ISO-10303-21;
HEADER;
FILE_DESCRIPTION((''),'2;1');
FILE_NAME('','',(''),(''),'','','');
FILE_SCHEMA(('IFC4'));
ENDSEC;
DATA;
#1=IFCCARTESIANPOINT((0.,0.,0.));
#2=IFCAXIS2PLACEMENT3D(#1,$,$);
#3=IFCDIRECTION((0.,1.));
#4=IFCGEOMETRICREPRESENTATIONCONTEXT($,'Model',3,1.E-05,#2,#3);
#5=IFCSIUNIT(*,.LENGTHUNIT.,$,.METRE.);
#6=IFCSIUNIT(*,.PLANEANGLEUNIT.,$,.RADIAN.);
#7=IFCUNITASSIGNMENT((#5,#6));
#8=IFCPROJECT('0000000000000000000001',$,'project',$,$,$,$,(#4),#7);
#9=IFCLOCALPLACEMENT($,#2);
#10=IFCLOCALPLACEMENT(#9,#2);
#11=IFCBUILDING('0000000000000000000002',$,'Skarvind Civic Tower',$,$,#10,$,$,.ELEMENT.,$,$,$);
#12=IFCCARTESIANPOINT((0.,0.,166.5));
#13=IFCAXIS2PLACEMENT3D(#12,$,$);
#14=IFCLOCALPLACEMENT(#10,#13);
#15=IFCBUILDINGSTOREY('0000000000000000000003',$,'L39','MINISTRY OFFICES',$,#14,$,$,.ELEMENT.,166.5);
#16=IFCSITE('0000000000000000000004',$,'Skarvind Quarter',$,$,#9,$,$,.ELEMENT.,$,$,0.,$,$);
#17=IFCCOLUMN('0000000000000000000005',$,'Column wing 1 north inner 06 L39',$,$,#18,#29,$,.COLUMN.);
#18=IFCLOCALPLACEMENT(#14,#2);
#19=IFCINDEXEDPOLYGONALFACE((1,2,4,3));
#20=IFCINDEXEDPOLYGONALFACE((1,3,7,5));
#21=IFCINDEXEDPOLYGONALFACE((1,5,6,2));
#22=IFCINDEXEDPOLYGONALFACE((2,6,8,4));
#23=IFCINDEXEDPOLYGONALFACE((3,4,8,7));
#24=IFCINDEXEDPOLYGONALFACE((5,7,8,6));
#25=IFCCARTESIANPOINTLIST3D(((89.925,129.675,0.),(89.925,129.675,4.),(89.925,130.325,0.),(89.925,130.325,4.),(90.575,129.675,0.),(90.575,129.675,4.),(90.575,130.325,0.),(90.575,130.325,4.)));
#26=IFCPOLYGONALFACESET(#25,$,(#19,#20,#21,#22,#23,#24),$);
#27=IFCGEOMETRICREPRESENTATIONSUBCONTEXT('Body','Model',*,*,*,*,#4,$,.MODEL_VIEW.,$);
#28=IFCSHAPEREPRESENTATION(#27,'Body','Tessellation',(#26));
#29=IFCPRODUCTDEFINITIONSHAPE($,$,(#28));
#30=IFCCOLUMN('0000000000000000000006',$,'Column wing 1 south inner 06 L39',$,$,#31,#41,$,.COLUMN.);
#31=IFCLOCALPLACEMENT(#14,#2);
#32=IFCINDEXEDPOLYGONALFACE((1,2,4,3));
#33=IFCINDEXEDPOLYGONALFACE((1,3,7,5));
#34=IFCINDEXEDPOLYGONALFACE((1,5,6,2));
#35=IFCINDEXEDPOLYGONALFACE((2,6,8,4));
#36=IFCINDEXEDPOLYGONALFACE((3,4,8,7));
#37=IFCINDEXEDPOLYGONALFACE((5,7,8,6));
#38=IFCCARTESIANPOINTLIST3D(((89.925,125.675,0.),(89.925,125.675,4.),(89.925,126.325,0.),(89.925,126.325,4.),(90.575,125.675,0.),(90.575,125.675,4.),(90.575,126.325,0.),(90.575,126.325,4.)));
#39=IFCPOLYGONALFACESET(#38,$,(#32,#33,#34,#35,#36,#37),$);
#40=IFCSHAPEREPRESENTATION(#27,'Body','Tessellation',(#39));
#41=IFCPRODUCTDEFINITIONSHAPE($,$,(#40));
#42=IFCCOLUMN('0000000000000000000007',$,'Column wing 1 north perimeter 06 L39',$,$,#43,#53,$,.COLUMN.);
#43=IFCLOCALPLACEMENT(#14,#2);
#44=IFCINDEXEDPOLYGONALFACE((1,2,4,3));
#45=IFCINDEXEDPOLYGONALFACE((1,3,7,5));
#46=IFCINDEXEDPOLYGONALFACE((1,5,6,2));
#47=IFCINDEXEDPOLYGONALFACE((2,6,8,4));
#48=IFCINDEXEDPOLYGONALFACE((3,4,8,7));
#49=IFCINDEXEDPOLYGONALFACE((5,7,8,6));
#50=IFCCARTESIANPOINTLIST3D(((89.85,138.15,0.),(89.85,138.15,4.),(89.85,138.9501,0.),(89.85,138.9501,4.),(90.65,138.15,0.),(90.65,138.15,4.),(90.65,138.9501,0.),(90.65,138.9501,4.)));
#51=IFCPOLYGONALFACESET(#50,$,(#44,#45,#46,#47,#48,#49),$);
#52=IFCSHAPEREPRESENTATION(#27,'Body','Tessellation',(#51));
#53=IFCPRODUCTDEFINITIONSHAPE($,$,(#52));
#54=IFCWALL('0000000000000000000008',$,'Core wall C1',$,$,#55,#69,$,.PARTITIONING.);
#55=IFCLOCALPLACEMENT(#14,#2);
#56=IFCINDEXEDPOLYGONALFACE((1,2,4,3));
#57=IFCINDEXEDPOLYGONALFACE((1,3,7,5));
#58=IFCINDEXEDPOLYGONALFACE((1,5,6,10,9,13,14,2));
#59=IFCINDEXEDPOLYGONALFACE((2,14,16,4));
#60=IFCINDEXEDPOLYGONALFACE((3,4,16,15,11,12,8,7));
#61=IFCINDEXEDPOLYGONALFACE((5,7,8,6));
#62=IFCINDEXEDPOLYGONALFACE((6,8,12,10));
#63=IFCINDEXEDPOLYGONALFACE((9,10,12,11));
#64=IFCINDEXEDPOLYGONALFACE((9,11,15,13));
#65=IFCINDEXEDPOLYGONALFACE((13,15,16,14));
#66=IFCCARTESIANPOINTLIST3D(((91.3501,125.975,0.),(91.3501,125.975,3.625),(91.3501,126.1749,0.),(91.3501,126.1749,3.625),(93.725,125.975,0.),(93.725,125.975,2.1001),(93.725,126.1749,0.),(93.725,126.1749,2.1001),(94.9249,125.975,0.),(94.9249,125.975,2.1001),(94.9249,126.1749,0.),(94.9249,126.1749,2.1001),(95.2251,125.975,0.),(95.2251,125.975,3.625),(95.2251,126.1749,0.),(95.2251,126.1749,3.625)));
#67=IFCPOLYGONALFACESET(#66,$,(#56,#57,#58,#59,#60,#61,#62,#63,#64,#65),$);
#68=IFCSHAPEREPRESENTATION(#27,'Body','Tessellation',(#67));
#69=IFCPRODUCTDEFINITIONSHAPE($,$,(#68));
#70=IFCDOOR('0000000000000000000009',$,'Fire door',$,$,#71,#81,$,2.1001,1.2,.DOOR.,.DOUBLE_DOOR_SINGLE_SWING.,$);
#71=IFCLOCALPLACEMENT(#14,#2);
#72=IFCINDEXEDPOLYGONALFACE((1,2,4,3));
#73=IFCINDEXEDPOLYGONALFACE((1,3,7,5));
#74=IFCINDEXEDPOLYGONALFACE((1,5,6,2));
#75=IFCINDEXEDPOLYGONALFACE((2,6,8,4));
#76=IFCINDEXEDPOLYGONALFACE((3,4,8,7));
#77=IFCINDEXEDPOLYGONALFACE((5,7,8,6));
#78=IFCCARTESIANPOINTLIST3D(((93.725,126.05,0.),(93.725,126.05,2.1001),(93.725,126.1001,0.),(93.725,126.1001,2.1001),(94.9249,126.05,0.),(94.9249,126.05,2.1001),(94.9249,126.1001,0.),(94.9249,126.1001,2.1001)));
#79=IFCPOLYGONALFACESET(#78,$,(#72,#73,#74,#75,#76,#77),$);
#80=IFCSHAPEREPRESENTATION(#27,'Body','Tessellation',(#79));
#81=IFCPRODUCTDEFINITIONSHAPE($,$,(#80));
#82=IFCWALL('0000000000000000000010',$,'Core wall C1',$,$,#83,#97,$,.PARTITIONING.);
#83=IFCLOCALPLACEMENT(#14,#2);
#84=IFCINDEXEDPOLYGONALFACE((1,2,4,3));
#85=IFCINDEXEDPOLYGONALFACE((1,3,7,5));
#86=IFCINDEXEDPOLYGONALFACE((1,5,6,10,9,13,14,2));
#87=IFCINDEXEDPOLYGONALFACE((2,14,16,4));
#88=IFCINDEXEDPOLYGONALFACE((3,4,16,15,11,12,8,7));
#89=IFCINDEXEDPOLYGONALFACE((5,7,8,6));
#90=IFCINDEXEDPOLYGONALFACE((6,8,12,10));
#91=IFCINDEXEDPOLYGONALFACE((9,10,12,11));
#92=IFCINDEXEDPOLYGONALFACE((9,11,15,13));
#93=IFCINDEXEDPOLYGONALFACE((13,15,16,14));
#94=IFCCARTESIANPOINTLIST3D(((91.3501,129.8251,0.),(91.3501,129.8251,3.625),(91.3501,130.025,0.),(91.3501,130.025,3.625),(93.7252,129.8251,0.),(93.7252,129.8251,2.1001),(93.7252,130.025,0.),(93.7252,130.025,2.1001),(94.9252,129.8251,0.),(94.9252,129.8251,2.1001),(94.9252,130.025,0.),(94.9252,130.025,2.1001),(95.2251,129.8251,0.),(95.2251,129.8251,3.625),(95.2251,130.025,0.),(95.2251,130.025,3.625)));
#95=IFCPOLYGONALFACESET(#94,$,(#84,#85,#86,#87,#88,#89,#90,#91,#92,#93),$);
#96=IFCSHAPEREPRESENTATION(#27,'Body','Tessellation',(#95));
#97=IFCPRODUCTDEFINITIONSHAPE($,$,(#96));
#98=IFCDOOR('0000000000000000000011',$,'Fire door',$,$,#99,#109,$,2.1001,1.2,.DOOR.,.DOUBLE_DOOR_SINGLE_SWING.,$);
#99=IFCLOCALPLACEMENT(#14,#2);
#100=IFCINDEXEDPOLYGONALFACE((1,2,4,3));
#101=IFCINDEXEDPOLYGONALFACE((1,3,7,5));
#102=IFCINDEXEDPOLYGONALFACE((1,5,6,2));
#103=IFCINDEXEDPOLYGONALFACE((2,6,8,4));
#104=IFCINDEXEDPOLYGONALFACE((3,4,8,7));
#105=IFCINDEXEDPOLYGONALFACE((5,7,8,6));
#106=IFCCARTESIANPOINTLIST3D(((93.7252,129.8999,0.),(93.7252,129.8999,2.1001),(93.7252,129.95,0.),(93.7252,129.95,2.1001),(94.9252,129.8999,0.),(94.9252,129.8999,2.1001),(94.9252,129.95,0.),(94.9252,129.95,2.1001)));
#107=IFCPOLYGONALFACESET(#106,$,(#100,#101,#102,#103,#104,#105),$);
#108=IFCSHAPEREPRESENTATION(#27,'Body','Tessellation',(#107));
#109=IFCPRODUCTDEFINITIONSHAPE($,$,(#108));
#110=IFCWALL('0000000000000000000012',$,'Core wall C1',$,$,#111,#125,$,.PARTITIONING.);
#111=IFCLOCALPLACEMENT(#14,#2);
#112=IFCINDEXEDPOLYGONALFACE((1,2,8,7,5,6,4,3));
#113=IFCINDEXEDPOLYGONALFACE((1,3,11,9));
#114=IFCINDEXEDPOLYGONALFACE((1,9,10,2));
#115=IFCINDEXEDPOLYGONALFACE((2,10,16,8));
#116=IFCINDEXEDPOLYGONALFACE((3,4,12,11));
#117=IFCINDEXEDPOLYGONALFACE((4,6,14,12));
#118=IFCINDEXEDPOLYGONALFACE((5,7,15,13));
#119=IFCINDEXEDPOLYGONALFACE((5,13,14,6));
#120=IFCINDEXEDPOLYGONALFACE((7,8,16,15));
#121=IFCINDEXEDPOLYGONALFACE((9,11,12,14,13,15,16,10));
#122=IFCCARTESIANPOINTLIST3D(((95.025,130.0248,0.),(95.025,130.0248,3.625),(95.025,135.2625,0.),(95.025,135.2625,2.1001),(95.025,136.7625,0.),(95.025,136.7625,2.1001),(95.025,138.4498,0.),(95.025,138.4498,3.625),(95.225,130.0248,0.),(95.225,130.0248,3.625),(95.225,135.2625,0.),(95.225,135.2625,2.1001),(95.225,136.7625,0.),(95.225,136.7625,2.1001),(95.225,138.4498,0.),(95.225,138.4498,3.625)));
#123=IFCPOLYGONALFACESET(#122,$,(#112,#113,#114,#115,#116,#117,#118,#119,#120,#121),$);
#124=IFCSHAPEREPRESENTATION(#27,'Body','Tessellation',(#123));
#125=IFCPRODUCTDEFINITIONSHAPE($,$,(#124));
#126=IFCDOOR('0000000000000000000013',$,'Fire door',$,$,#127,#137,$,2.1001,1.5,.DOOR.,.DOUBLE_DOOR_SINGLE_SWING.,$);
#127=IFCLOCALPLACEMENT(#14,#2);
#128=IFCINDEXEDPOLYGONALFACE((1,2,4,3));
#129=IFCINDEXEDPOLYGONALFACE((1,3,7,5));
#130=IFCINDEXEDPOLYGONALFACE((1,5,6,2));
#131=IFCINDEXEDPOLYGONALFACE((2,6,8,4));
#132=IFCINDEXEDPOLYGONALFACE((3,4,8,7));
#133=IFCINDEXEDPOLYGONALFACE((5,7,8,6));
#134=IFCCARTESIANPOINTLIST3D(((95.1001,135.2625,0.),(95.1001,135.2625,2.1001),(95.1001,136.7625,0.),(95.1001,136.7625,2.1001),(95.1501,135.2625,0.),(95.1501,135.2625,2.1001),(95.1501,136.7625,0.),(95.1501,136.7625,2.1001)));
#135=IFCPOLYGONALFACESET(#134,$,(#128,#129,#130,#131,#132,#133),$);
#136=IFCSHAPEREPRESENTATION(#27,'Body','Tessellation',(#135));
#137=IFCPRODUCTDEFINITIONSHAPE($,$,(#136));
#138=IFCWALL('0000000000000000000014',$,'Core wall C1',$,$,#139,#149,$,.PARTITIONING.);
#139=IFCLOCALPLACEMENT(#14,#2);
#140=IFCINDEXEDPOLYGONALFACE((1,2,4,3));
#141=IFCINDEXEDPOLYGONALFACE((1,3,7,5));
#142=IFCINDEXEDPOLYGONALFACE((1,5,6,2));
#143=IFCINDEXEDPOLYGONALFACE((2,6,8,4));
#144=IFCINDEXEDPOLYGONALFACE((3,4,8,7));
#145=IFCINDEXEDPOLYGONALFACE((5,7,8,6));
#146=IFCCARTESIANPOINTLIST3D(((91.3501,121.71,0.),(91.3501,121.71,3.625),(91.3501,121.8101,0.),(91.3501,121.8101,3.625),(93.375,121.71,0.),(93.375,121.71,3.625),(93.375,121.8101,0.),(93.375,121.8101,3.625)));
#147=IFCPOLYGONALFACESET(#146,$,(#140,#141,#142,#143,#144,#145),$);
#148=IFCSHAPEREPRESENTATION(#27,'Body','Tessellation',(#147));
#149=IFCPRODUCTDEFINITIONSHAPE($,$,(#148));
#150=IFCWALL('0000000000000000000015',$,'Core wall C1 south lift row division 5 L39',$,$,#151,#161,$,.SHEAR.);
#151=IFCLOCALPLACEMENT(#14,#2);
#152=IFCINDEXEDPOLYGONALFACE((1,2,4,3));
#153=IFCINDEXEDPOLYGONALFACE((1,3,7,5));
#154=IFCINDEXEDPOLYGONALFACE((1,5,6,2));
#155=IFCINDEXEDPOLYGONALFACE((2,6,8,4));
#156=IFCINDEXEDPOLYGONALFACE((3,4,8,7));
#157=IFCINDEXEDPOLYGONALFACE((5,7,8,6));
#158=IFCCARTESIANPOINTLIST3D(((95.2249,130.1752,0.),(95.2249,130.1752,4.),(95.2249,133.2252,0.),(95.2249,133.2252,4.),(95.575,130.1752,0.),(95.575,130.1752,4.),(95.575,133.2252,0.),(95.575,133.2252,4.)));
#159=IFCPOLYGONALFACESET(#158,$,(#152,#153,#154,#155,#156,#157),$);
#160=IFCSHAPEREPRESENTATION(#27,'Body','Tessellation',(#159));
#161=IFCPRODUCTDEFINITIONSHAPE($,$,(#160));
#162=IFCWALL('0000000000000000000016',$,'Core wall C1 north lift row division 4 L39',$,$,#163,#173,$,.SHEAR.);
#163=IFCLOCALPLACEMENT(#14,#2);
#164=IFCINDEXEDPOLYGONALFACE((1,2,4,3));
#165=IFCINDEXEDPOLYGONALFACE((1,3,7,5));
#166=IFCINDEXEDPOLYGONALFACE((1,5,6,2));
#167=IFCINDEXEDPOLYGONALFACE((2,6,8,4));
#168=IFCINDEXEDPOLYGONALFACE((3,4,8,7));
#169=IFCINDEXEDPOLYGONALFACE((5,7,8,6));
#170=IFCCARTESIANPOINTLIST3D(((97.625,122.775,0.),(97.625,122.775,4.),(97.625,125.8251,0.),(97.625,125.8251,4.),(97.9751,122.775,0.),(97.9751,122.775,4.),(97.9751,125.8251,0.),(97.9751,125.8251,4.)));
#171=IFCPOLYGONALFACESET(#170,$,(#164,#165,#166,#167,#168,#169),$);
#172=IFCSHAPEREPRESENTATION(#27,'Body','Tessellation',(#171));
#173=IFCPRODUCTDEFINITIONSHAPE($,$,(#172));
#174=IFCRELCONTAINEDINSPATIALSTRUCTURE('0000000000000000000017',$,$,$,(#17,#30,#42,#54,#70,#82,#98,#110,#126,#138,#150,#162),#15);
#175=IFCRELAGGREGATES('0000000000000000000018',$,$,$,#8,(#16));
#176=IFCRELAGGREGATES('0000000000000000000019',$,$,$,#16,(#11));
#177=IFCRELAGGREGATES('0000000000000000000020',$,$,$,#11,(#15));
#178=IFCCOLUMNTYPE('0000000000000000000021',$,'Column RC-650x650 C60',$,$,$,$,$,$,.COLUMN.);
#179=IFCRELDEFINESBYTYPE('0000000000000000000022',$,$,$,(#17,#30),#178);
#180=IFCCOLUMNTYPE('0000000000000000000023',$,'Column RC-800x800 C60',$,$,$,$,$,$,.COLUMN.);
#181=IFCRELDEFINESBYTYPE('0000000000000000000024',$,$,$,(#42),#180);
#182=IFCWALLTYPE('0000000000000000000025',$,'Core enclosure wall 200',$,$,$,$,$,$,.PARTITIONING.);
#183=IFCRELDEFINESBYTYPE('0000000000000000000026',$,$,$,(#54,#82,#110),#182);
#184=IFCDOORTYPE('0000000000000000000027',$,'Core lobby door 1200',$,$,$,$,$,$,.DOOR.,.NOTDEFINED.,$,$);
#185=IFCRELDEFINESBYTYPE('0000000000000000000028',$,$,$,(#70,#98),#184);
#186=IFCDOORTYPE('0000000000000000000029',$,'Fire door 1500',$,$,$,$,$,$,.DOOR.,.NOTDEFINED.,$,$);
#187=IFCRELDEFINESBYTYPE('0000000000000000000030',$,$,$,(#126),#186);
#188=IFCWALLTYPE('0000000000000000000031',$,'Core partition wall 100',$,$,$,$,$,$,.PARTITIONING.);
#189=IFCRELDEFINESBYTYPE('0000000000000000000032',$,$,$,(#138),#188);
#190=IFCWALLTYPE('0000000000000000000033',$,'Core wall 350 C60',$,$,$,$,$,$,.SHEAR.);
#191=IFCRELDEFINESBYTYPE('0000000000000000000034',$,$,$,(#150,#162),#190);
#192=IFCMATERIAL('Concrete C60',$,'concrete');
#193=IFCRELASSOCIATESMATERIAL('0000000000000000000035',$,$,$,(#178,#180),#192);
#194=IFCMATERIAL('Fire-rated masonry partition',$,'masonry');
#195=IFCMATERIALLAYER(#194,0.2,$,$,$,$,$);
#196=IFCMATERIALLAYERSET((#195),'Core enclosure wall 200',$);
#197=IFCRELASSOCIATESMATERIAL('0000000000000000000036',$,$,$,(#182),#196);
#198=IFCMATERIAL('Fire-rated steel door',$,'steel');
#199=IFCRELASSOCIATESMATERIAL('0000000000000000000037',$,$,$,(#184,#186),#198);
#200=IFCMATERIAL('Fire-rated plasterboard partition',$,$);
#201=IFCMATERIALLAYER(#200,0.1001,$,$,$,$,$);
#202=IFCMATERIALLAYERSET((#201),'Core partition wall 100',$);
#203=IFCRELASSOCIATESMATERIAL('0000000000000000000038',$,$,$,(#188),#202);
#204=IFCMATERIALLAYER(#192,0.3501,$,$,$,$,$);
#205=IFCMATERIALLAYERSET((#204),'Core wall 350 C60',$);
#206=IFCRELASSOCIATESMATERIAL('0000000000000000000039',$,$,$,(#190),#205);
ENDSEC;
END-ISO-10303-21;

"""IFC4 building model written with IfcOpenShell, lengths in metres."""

from ifc_helpers import new_model, si_unit, direction, frame, frame_2d, origin, origin_2d, place, context, subcontext, project, spatial, rectangle, extrude, material, layer, layer_set, material_profile, profile_set, type_object, element, fill, save


model = new_model("IFC4")

# Units and contexts
model_context = context("Model", 3, precision=1e-05, world=origin(), true_north=direction((0.0, 1.0)))
body_context = subcontext(model_context, "Body", "Model", "MODEL_VIEW")
ifc_project = project(units=[si_unit("LENGTHUNIT", "METRE"), si_unit("PLANEANGLEUNIT", "RADIAN")], contexts=[model_context])

# Site, building, storey
site_placement = place(None, origin())
site = spatial("IfcSite", under=ifc_project, at=site_placement, Name="Skarvind Quarter", CompositionType="ELEMENT", RefElevation=0.0)
building_placement = place(site_placement, origin())
building = spatial("IfcBuilding", under=site, at=building_placement, Name="Skarvind Civic Tower", CompositionType="ELEMENT")
storey_placement = place(building_placement, frame((0.0, 0.0, 166.5)))
storey = spatial("IfcBuildingStorey", under=building, at=storey_placement, Name="L39", Description="MINISTRY OFFICES", CompositionType="ELEMENT", Elevation=166.5)

# Columns
ifc_material_1 = material(Name="Concrete C60", Category="concrete")
ifc_material_profile_1 = material_profile(ifc_material_1, rectangle(XDim=0.6499, YDim=0.6499, at=origin_2d()), Name="RC-650x650")
ifc_profile_set_1 = profile_set([ifc_material_profile_1], Name="Concrete C60")
column_type_1 = type_object("IfcColumnType", Name="Column RC-650x650 C60", PredefinedType="COLUMN", material=ifc_profile_set_1)
for number, where, z_axis, x_axis, name in (
    (1, (90.25, 130.0, 0.0), (0.0, 0.0, 1.0), (1.0, 0.0, 0.0), "Column wing 1 north inner 06 L39"),
    (2, (90.25, 126.0, 0.0), (0.0, 0.0, 1.0), (1.0, 0.0, 0.0), "Column wing 1 south inner 06 L39"),
):
    element("IfcColumn", number, at=place(storey_placement, frame(where, z_axis=z_axis, x_axis=x_axis)), inside=storey, type_object=column_type_1, Name=name, PredefinedType="COLUMN", context=body_context, shape_type="SweptSolid", body=[
        extrude(rectangle(XDim=0.6499, YDim=0.6499, at=origin_2d()), origin(), (0.0, 0.0, 1.0), 4.0),
    ])
ifc_material_profile_2 = material_profile(ifc_material_1, rectangle(XDim=0.8, YDim=0.8, at=origin_2d()), Name="RC-800x800")
ifc_profile_set_2 = profile_set([ifc_material_profile_2], Name="Concrete C60")
column_type_2 = type_object("IfcColumnType", Name="Column RC-800x800 C60", PredefinedType="COLUMN", material=ifc_profile_set_2)
column_placement = place(storey_placement, frame((90.25, 138.55, 0.0), z_axis=(0.0, 0.0, 1.0), x_axis=(1.0, 0.0, 0.0)))
element("IfcColumn", 3, at=column_placement, inside=storey, type_object=column_type_2, Name="Column wing 1 north perimeter 06 L39", PredefinedType="COLUMN", context=body_context, shape_type="SweptSolid", body=[
    extrude(rectangle(XDim=0.8, YDim=0.8, at=origin_2d()), origin(), (0.0, 0.0, 1.0), 4.0),
])

# Walls, openings, doors
ifc_material_2 = material(Name="Fire-rated masonry partition", Category="masonry")
ifc_layer_1 = layer(ifc_material_2, 0.2)
ifc_layer_set_1 = layer_set([ifc_layer_1], Name="Core enclosure wall 200")
wall_type_1 = type_object("IfcWallType", Name="Core enclosure wall 200", PredefinedType="PARTITIONING", material=ifc_layer_set_1)
wall_1_placement = place(storey_placement, frame((95.2251, 126.075, 0.0), z_axis=(0.0, 0.0, 1.0), x_axis=(-1.0, 0.0, 0.0)))
wall_1 = element("IfcWall", 4, at=wall_1_placement, inside=storey, type_object=wall_type_1, Name="Core wall C1", PredefinedType="PARTITIONING", context=body_context, shape_type="SweptSolid", body=[
    extrude(rectangle(XDim=3.875, YDim=0.2, at=frame_2d((1.9375, 0.0))), origin(), (0.0, 0.0, 1.0), 3.625),
])
opening_1_placement = place(wall_1_placement, frame((0.3, 0.0, 0.0)))
opening_1 = element("IfcOpeningElement", 5, at=opening_1_placement, cuts=wall_1, PredefinedType="OPENING", context=body_context, shape_type="SweptSolid", body=[
    extrude(rectangle(XDim=1.2, YDim=2.1001, at=frame_2d((0.6001, 1.05))), frame((0.0, 0.1099, 0.0), z_axis=(0.0, -1.0, 0.0), x_axis=(1.0, 0.0, 0.0)), (0.0, 0.0, 1.0), 0.22),
])
ifc_material_3 = material(Name="Fire-rated steel door", Category="steel")
door_type_1 = type_object("IfcDoorType", Name="Core lobby door 1200", OperationType="NOTDEFINED", PredefinedType="DOOR", material=ifc_material_3)
door_1_placement = place(opening_1_placement, origin())
door_1 = element("IfcDoor", 6, at=door_1_placement, inside=storey, type_object=door_type_1, Name="Fire door", OperationType="DOUBLE_DOOR_SINGLE_SWING", OverallHeight=2.1001, OverallWidth=1.2, PredefinedType="DOOR", context=body_context, shape_type="SweptSolid", body=[
    extrude(rectangle(XDim=1.2, YDim=2.1001, at=frame_2d((0.6001, 1.05))), frame((0.0, 0.0249, 0.0), z_axis=(0.0, -1.0, 0.0), x_axis=(1.0, 0.0, 0.0)), (0.0, 0.0, 1.0), 0.05),
])
fill(opening_1, door_1)
wall_2_placement = place(storey_placement, frame((91.3501, 129.925, 0.0), z_axis=(0.0, 0.0, 1.0), x_axis=(1.0, 0.0, 0.0)))
wall_2 = element("IfcWall", 7, at=wall_2_placement, inside=storey, type_object=wall_type_1, Name="Core wall C1", PredefinedType="PARTITIONING", context=body_context, shape_type="SweptSolid", body=[
    extrude(rectangle(XDim=3.875, YDim=0.2, at=frame_2d((1.9375, 0.0))), origin(), (0.0, 0.0, 1.0), 3.625),
])
opening_2_placement = place(wall_2_placement, frame((2.375, 0.0, 0.0)))
opening_2 = element("IfcOpeningElement", 8, at=opening_2_placement, cuts=wall_2, PredefinedType="OPENING", context=body_context, shape_type="SweptSolid", body=[
    extrude(rectangle(XDim=1.2, YDim=2.1001, at=frame_2d((0.6001, 1.05))), frame((0.0, 0.1099, 0.0), z_axis=(0.0, -1.0, 0.0), x_axis=(1.0, 0.0, 0.0)), (0.0, 0.0, 1.0), 0.22),
])
door_2_placement = place(opening_2_placement, origin())
door_2 = element("IfcDoor", 9, at=door_2_placement, inside=storey, type_object=door_type_1, Name="Fire door", OperationType="DOUBLE_DOOR_SINGLE_SWING", OverallHeight=2.1001, OverallWidth=1.2, PredefinedType="DOOR", context=body_context, shape_type="SweptSolid", body=[
    extrude(rectangle(XDim=1.2, YDim=2.1001, at=frame_2d((0.6001, 1.05))), frame((0.0, 0.0249, 0.0), z_axis=(0.0, -1.0, 0.0), x_axis=(1.0, 0.0, 0.0)), (0.0, 0.0, 1.0), 0.05),
])
fill(opening_2, door_2)
wall_3_placement = place(storey_placement, frame((95.125, 130.0249, 0.0), z_axis=(0.0, 0.0, 1.0), x_axis=(0.0, 1.0, 0.0)))
wall_3 = element("IfcWall", 10, at=wall_3_placement, inside=storey, type_object=wall_type_1, Name="Core wall C1", PredefinedType="PARTITIONING", context=body_context, shape_type="SweptSolid", body=[
    extrude(rectangle(XDim=8.425, YDim=0.2, at=frame_2d((4.2124, 0.0))), origin(), (0.0, 0.0, 1.0), 3.625),
])
opening_3_placement = place(wall_3_placement, frame((5.2375, 0.0, 0.0)))
opening_3 = element("IfcOpeningElement", 11, at=opening_3_placement, cuts=wall_3, PredefinedType="OPENING", context=body_context, shape_type="SweptSolid", body=[
    extrude(rectangle(XDim=1.5, YDim=2.1001, at=frame_2d((0.75, 1.05))), frame((0.0, 0.1099, 0.0), z_axis=(0.0, -1.0, 0.0), x_axis=(1.0, 0.0, 0.0)), (0.0, 0.0, 1.0), 0.22),
])
door_type_2 = type_object("IfcDoorType", Name="Fire door 1500", OperationType="NOTDEFINED", PredefinedType="DOOR", material=ifc_material_3)
door_3_placement = place(opening_3_placement, origin())
door_3 = element("IfcDoor", 12, at=door_3_placement, inside=storey, type_object=door_type_2, Name="Fire door", OperationType="DOUBLE_DOOR_SINGLE_SWING", OverallHeight=2.1001, OverallWidth=1.5, PredefinedType="DOOR", context=body_context, shape_type="SweptSolid", body=[
    extrude(rectangle(XDim=1.5, YDim=2.1001, at=frame_2d((0.75, 1.05))), frame((0.0, 0.0249, 0.0), z_axis=(0.0, -1.0, 0.0), x_axis=(1.0, 0.0, 0.0)), (0.0, 0.0, 1.0), 0.05),
])
fill(opening_3, door_3)

# Walls
ifc_material_4 = material(Name="Fire-rated plasterboard partition")
ifc_layer_2 = layer(ifc_material_4, 0.1001)
ifc_layer_set_2 = layer_set([ifc_layer_2], Name="Core partition wall 100")
wall_type_2 = type_object("IfcWallType", Name="Core partition wall 100", PredefinedType="PARTITIONING", material=ifc_layer_set_2)
wall_4_placement = place(storey_placement, frame((93.375, 121.76, 0.0), z_axis=(0.0, 0.0, 1.0), x_axis=(-1.0, 0.0, 0.0)))
element("IfcWall", 13, at=wall_4_placement, inside=storey, type_object=wall_type_2, Name="Core wall C1", PredefinedType="PARTITIONING", context=body_context, shape_type="SweptSolid", body=[
    extrude(rectangle(XDim=2.0249, YDim=0.1001, at=frame_2d((1.0125, 0.0))), origin(), (0.0, 0.0, 1.0), 3.625),
])
ifc_layer_3 = layer(ifc_material_1, 0.3501)
ifc_layer_set_3 = layer_set([ifc_layer_3], Name="Core wall 350 C60")
wall_type_3 = type_object("IfcWallType", Name="Core wall 350 C60", PredefinedType="SHEAR", material=ifc_layer_set_3)
for number, where, z_axis, x_axis, name in (
    (14, (95.3999, 133.2251, 0.0), (0.0, 0.0, 1.0), (0.0, -1.0, 0.0), "Core wall C1 south lift row division 5 L39"),
    (15, (97.8, 125.825, 0.0), (0.0, 0.0, 1.0), (0.0, -1.0, 0.0), "Core wall C1 north lift row division 4 L39"),
):
    element("IfcWall", number, at=place(storey_placement, frame(where, z_axis=z_axis, x_axis=x_axis)), inside=storey, type_object=wall_type_3, Name=name, PredefinedType="SHEAR", context=body_context, shape_type="SweptSolid", body=[
        extrude(rectangle(XDim=3.05, YDim=0.3501, at=frame_2d((1.5249, 0.0))), origin(), (0.0, 0.0, 1.0), 4.0),
    ])

save(model, "model.ifc")
